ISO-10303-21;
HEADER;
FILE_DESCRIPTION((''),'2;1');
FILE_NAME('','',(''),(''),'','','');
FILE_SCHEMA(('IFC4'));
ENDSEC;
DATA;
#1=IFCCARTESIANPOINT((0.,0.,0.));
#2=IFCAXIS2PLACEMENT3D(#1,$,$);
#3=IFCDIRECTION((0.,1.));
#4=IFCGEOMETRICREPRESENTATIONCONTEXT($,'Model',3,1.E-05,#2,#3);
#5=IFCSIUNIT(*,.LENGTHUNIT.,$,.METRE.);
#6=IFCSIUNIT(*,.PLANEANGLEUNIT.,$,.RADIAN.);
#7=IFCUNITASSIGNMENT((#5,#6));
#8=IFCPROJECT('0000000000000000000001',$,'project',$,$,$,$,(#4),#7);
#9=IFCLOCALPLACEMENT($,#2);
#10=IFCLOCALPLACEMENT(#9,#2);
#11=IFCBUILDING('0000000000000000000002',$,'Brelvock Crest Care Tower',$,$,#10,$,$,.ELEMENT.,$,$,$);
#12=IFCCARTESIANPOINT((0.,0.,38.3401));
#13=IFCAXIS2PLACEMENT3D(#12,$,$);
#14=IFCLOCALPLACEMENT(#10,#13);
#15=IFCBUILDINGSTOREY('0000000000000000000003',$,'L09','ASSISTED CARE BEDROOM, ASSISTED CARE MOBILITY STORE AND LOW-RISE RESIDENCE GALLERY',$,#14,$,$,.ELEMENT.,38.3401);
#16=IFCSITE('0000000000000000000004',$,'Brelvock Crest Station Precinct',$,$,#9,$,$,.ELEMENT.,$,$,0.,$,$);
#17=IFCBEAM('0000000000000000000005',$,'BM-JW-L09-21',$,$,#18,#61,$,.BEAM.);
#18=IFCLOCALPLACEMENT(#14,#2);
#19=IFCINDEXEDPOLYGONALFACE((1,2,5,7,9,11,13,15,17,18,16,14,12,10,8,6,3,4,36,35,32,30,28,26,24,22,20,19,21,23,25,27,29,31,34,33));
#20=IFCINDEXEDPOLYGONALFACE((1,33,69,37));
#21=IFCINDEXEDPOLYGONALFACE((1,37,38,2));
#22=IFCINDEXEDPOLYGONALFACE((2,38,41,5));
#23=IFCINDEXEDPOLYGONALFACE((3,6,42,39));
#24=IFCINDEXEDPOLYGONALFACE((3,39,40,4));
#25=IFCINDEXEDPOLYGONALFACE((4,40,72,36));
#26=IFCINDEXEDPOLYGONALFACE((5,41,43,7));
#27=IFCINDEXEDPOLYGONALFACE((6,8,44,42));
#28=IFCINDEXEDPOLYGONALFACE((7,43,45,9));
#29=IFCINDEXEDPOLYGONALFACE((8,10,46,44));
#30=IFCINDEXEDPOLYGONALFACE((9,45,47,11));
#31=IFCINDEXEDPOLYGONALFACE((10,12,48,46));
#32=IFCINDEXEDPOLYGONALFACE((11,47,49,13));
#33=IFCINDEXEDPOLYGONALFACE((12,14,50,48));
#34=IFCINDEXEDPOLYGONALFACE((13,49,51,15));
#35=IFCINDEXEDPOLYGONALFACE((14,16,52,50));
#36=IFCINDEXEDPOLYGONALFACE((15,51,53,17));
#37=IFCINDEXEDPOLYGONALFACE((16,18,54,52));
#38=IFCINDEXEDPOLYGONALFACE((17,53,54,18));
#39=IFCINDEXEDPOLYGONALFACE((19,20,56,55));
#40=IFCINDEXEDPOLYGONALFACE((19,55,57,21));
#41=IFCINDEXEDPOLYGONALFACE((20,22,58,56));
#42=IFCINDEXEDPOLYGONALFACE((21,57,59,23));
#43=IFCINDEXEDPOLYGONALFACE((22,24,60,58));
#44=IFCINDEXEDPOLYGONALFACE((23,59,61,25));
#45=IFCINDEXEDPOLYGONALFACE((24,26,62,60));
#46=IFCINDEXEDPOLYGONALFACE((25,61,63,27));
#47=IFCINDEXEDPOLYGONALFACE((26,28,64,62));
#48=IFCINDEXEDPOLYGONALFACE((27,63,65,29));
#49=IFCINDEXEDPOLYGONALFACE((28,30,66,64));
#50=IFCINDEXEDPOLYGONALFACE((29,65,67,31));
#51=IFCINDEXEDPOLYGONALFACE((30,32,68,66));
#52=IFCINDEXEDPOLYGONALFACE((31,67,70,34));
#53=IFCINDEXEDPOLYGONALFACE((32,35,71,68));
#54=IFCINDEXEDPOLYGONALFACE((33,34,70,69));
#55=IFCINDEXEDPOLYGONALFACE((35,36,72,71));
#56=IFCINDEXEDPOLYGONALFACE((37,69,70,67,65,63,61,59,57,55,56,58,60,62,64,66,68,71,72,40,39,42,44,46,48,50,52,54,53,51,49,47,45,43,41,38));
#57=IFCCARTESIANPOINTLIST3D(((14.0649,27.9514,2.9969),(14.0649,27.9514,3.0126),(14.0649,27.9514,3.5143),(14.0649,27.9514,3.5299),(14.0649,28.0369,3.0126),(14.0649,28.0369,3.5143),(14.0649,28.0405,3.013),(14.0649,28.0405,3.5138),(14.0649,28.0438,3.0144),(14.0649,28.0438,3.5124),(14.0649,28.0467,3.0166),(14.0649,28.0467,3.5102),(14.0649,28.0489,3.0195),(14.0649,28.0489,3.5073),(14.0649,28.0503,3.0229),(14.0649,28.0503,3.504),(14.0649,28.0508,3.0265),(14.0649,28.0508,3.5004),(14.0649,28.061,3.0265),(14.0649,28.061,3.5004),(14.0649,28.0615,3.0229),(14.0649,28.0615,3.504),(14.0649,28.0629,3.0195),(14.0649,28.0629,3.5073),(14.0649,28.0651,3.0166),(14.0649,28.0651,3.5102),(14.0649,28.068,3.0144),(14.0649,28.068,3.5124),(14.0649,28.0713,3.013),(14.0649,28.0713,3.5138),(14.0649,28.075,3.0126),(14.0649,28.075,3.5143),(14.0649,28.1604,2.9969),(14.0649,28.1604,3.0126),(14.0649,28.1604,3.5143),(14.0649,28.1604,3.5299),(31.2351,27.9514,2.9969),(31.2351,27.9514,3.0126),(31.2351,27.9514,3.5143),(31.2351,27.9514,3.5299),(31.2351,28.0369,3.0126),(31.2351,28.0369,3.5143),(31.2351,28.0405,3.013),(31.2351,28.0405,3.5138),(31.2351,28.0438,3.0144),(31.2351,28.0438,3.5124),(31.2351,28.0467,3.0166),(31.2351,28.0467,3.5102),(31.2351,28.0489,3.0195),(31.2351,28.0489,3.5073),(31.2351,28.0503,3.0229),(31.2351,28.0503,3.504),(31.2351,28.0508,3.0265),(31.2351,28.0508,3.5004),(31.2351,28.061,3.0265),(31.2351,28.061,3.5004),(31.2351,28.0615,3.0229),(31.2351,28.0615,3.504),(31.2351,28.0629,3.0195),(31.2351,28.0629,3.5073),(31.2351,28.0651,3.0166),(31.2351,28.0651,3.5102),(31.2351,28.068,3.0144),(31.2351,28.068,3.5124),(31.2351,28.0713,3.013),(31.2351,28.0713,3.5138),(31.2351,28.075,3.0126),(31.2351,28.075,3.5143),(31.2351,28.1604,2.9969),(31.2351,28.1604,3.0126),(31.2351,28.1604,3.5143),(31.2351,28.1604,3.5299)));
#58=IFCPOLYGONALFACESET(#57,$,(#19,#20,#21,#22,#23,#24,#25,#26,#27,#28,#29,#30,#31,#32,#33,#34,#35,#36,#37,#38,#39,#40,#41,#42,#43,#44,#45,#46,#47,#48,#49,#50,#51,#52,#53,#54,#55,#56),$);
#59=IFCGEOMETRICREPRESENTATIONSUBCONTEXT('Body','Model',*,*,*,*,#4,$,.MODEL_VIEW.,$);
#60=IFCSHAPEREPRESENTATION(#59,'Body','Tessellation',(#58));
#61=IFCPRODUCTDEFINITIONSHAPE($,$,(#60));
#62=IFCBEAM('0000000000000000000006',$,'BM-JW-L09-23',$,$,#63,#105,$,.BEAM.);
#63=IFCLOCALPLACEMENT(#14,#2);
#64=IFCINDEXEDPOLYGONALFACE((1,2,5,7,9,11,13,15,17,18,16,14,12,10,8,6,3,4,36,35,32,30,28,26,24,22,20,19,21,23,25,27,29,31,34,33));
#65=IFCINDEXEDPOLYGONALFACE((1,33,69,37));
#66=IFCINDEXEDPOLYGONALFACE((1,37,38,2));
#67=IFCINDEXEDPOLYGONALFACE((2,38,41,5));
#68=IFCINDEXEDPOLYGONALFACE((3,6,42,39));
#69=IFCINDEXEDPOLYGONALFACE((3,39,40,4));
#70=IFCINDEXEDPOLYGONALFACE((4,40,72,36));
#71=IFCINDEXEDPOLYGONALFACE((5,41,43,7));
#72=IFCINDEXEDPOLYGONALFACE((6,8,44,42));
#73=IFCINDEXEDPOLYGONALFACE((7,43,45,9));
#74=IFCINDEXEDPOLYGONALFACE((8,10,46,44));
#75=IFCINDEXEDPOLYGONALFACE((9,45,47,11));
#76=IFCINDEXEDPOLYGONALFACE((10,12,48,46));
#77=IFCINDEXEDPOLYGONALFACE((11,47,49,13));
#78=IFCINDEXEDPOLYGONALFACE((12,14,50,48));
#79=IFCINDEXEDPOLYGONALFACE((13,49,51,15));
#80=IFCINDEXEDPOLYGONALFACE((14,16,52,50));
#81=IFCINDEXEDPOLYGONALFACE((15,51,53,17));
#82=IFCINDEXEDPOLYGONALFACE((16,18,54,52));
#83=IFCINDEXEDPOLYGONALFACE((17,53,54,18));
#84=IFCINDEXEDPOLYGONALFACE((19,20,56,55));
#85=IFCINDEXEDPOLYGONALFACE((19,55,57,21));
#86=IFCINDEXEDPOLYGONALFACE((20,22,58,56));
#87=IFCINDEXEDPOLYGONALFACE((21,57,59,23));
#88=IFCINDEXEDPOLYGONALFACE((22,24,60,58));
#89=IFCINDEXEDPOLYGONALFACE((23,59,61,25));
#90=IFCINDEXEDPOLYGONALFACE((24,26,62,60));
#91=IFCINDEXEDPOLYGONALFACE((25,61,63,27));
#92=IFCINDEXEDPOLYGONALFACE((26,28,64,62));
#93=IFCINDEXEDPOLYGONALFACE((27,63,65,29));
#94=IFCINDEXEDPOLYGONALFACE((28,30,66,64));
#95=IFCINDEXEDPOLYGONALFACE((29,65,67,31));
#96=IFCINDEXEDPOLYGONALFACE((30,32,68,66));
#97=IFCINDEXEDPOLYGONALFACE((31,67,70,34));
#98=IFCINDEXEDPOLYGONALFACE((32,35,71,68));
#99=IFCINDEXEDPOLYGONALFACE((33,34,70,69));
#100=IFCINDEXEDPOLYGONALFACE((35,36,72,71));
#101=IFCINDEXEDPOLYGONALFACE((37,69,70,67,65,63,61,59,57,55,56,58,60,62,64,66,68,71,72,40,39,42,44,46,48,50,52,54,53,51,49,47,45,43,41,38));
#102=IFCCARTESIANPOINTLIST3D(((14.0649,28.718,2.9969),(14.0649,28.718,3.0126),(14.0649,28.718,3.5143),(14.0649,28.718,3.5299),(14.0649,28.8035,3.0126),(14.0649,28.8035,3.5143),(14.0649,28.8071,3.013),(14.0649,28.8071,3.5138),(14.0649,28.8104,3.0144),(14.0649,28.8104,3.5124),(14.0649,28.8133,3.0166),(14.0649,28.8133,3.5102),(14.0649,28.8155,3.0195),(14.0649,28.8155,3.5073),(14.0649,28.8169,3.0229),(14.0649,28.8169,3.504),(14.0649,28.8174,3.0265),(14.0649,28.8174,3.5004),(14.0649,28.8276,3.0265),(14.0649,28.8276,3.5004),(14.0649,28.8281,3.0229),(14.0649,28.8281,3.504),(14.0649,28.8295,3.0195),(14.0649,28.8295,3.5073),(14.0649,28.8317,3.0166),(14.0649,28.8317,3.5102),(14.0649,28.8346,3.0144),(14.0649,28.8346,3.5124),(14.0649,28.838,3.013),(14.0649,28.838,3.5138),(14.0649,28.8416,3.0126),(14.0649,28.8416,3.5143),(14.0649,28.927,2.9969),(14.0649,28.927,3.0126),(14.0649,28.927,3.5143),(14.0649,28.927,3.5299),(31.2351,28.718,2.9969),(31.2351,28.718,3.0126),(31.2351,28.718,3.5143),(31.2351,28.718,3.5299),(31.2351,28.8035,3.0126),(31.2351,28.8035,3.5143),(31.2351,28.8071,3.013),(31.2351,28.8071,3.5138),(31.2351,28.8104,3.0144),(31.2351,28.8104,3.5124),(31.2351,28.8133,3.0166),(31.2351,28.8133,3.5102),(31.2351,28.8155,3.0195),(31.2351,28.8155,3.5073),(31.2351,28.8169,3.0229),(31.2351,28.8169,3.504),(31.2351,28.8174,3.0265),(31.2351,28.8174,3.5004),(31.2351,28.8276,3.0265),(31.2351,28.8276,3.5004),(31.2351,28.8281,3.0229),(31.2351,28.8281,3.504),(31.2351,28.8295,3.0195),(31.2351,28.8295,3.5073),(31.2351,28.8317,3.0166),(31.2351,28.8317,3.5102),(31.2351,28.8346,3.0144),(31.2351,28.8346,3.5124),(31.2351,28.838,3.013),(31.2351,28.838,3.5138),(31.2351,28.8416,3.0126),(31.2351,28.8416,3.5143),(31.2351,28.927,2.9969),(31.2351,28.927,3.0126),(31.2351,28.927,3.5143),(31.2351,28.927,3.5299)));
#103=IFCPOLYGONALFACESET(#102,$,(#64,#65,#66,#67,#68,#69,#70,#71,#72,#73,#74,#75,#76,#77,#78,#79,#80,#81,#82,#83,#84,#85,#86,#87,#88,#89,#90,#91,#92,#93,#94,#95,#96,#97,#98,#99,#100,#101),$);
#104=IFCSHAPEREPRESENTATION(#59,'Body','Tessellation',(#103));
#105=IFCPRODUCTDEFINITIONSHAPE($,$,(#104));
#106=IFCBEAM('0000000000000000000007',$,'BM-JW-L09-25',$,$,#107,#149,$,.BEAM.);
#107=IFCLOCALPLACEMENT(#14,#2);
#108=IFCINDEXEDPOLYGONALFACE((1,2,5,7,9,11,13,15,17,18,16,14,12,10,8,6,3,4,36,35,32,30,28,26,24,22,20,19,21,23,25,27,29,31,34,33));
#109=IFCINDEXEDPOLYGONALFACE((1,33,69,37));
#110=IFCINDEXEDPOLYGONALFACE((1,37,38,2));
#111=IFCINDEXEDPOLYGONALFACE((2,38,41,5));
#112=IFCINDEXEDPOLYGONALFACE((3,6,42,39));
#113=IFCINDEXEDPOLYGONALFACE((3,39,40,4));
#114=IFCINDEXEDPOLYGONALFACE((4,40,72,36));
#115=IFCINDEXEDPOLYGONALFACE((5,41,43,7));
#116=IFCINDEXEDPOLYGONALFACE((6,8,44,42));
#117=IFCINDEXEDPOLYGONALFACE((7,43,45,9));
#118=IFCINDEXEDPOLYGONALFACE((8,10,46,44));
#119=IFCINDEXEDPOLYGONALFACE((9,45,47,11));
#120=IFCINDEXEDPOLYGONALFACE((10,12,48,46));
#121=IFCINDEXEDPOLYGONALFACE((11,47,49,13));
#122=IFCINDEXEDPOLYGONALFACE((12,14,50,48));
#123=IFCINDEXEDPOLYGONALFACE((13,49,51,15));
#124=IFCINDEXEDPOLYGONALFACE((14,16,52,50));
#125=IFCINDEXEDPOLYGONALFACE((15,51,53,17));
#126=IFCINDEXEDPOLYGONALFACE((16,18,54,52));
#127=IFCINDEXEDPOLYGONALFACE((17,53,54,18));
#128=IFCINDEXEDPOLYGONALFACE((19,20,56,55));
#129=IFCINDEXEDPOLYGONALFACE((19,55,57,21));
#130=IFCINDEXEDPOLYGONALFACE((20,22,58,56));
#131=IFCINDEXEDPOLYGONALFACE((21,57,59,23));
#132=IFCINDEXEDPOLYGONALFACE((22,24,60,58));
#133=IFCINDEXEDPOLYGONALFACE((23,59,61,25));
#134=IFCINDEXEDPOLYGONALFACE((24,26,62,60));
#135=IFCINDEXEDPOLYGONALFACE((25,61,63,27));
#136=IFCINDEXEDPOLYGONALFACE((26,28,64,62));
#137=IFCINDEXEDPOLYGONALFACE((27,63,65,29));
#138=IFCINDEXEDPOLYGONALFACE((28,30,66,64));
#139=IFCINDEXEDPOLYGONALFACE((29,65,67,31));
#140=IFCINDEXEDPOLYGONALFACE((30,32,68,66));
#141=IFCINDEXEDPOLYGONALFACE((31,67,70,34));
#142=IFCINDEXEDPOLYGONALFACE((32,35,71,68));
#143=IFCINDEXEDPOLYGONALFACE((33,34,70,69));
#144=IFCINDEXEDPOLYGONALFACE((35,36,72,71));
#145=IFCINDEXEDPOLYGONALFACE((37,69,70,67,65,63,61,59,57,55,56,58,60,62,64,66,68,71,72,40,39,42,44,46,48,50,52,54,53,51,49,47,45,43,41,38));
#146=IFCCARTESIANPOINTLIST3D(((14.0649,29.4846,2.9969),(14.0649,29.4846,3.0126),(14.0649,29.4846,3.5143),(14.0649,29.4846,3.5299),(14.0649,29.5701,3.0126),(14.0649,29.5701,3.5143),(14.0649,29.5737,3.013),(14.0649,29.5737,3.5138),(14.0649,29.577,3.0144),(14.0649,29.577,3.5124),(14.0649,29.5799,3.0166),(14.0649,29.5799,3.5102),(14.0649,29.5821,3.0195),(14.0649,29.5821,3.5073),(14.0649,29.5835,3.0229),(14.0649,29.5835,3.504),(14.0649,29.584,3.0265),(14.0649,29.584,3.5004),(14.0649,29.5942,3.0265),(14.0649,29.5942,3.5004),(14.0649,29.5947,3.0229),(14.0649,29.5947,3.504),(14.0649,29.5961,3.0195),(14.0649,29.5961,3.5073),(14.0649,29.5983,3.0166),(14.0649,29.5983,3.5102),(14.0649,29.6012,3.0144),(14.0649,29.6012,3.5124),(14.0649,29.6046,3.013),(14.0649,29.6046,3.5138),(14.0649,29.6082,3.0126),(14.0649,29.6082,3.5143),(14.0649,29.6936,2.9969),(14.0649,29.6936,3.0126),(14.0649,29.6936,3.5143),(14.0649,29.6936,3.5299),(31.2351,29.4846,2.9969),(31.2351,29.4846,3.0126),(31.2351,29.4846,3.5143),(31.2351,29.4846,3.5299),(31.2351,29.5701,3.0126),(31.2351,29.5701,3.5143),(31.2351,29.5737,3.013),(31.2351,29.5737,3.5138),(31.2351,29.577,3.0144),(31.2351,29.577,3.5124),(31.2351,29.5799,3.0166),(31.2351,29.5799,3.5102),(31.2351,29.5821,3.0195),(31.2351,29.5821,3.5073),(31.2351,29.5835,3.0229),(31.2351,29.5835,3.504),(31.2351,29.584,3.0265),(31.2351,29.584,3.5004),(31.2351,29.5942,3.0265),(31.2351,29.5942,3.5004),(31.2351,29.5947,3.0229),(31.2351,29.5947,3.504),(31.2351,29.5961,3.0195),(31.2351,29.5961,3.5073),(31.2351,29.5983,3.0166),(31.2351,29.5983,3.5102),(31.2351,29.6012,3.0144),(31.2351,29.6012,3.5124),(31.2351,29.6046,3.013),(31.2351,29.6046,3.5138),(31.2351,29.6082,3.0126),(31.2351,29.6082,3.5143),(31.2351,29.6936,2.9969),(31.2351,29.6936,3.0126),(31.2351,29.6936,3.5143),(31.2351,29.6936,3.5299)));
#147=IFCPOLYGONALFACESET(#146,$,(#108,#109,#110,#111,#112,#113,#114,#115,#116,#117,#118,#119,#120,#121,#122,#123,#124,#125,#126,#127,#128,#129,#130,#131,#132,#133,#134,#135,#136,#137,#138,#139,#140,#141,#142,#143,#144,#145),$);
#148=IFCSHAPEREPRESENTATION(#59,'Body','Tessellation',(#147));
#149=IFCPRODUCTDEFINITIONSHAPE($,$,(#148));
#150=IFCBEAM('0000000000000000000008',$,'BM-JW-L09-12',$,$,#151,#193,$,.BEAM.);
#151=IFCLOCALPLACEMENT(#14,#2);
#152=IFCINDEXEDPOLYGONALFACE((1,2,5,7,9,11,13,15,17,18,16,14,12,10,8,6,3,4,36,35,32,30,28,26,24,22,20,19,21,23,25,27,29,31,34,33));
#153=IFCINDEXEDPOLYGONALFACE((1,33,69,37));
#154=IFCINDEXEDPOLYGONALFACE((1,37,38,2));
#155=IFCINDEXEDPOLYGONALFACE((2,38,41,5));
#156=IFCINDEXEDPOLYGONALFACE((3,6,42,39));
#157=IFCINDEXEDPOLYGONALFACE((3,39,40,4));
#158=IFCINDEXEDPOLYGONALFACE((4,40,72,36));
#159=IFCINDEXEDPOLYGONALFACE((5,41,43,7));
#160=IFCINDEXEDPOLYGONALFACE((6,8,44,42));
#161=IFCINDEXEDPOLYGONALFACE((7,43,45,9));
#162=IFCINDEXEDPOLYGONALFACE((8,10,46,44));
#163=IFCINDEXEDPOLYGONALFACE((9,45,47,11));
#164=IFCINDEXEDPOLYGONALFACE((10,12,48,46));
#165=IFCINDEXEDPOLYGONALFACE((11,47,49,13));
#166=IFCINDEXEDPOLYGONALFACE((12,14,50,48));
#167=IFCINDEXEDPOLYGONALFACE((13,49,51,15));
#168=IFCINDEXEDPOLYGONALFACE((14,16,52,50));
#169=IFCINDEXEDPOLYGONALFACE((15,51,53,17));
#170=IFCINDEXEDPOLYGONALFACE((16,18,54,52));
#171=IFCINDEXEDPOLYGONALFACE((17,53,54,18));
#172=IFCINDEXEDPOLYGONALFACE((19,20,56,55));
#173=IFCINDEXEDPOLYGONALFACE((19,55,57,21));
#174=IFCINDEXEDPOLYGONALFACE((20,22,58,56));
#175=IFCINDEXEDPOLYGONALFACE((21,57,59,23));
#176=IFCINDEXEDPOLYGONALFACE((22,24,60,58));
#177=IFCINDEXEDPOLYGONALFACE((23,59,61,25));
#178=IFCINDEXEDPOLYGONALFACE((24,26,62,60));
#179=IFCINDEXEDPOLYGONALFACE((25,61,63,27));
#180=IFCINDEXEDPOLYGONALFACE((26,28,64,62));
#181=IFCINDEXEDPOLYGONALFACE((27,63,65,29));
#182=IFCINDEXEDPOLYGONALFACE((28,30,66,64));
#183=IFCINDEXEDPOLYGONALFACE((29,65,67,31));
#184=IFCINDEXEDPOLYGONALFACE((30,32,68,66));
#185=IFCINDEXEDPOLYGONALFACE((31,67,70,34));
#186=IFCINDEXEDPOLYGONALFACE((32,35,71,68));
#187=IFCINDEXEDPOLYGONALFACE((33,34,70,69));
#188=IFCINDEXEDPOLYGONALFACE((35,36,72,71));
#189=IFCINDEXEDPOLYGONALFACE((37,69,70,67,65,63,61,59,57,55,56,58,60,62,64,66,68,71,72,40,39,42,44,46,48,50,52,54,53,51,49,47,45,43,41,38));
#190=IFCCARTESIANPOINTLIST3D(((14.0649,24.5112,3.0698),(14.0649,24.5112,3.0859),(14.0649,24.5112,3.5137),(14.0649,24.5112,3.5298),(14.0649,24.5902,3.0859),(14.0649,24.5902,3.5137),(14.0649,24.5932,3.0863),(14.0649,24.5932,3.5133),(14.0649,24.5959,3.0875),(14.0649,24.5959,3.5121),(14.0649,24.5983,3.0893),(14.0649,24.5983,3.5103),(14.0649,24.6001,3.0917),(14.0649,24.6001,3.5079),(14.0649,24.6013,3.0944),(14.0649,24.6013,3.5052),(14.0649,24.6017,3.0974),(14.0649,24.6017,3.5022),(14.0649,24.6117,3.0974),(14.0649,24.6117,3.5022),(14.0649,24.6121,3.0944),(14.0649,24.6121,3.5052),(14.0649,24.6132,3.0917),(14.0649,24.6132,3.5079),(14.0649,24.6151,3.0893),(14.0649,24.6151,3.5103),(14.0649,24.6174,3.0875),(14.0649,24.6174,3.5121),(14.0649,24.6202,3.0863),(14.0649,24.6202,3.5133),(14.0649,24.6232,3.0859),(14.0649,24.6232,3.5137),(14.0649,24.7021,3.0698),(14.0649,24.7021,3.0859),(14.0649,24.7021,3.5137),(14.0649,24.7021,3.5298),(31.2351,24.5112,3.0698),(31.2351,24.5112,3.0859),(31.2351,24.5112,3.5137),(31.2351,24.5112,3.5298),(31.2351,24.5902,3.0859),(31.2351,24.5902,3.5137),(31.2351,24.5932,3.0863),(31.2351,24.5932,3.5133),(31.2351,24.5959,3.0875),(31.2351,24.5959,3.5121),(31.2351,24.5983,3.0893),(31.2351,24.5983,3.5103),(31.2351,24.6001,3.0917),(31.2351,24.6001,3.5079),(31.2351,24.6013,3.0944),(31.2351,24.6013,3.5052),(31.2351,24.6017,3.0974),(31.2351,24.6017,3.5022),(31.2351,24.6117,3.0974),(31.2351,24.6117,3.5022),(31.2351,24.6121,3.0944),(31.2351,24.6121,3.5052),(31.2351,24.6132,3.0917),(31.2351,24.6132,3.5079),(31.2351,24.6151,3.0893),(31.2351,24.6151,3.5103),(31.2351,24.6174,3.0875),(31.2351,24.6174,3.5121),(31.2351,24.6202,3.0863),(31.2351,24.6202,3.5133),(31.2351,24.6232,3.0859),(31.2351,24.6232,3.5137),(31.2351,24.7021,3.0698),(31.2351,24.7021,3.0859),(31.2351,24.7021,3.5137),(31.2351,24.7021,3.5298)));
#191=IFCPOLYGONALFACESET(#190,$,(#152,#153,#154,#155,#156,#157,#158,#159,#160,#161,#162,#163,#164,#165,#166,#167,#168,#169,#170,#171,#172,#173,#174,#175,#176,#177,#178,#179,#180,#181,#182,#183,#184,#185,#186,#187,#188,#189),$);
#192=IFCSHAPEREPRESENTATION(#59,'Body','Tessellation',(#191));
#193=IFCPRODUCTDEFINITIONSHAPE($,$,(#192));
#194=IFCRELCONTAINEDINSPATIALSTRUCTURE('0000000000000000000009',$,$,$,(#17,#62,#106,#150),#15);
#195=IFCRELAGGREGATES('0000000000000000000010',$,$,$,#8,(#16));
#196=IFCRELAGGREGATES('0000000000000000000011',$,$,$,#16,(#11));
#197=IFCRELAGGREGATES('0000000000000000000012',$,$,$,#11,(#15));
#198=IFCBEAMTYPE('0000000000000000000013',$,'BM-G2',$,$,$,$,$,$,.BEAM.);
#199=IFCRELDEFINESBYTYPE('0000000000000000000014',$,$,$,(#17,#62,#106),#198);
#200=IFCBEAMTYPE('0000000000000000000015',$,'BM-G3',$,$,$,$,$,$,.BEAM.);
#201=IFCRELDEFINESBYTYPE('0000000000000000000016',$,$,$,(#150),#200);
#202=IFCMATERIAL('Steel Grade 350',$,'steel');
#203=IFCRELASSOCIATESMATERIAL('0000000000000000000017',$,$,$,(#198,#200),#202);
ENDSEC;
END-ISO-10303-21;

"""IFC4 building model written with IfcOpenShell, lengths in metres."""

from ifc_helpers import new_model, si_unit, direction, frame, origin, origin_2d, place, context, subcontext, project, spatial, i_section, extrude, source, transform, mapped, material, material_profile, profile_set, type_object, element, save


model = new_model("IFC4")

# Units and contexts
model_context = context("Model", 3, precision=1e-05, world=origin(), true_north=direction((0.0, 1.0)))
body_context = subcontext(model_context, "Body", "Model", "MODEL_VIEW")
ifc_project = project(units=[si_unit("LENGTHUNIT", "METRE"), si_unit("PLANEANGLEUNIT", "RADIAN")], contexts=[model_context])

# Site, building, storey
site_placement = place(None, origin())
site = spatial("IfcSite", under=ifc_project, at=site_placement, Name="Brelvock Crest Station Precinct", CompositionType="ELEMENT", RefElevation=0.0)
building_placement = place(site_placement, origin())
building = spatial("IfcBuilding", under=site, at=building_placement, Name="Brelvock Crest Care Tower", CompositionType="ELEMENT")
storey_placement = place(building_placement, frame((0.0, 0.0, 38.3401)))
storey = spatial("IfcBuildingStorey", under=building, at=storey_placement, Name="L09", Description="ASSISTED CARE BEDROOM, ASSISTED CARE MOBILITY STORE AND LOW-RISE RESIDENCE GALLERY", CompositionType="ELEMENT", Elevation=38.3401)

# Beams
ifc_material_1 = material(Name="Steel Grade 350", Category="steel")
ifc_material_profile_1 = material_profile(ifc_material_1, i_section(OverallWidth=0.209, OverallDepth=0.533, WebThickness=0.0103, FlangeThickness=0.0156, FilletRadius=0.0139, at=origin_2d()), Name="530UB92.4")
ifc_profile_set_1 = profile_set([ifc_material_profile_1], Name="Steel Grade 350")
beam_type_1 = type_object("IfcBeamType", Name="BM-G2", PredefinedType="BEAM", material=ifc_profile_set_1)
shared_shape_1 = source(origin(), body_context, "Body", "SweptSolid", [
    extrude(i_section(OverallWidth=0.209, OverallDepth=0.533, WebThickness=0.0103, FlangeThickness=0.0156, FilletRadius=0.0139, at=origin_2d()), origin(), (0.0, 0.0, 1.0), 17.1702),
])
for number, where, z_axis, x_axis, name in (
    (1, (14.0649, 28.0559, 3.2634), (1.0, 0.0, 0.0), (0.0, 1.0, 0.0), "BM-JW-L09-21"),
    (2, (14.0649, 28.8225, 3.2634), (1.0, 0.0, 0.0), (0.0, 1.0, 0.0), "BM-JW-L09-23"),
    (3, (14.0649, 29.5891, 3.2634), (1.0, 0.0, 0.0), (0.0, 1.0, 0.0), "BM-JW-L09-25"),
):
    element("IfcBeam", number, at=place(storey_placement, frame(where, z_axis=z_axis, x_axis=x_axis)), inside=storey, type_object=beam_type_1, Name=name, PredefinedType="BEAM", context=body_context, shape_type="MappedRepresentation", body=[
        mapped(shared_shape_1, transform((0.0, 0.0, 0.0), x_axis=(1.0, 0.0, 0.0), y_axis=(0.0, 1.0, 0.0), z_axis=(0.0, 0.0, 1.0), scale=1.0)),
    ])
ifc_material_profile_2 = material_profile(ifc_material_1, i_section(OverallWidth=0.1909, OverallDepth=0.46, WebThickness=0.01, FlangeThickness=0.0161, FilletRadius=0.0115, at=origin_2d()), Name="460UB82.1")
ifc_profile_set_2 = profile_set([ifc_material_profile_2], Name="Steel Grade 350")
beam_type_2 = type_object("IfcBeamType", Name="BM-G3", PredefinedType="BEAM", material=ifc_profile_set_2)
shared_shape_2 = source(origin(), body_context, "Body", "SweptSolid", [
    extrude(i_section(OverallWidth=0.1909, OverallDepth=0.46, WebThickness=0.01, FlangeThickness=0.0161, FilletRadius=0.0115, at=origin_2d()), origin(), (0.0, 0.0, 1.0), 17.1702),
])
for number, where, z_axis, x_axis, name in (
    (4, (14.0649, 24.6067, 3.2998), (1.0, 0.0, 0.0), (0.0, 1.0, 0.0), "BM-JW-L09-12"),
):
    element("IfcBeam", number, at=place(storey_placement, frame(where, z_axis=z_axis, x_axis=x_axis)), inside=storey, type_object=beam_type_2, Name=name, PredefinedType="BEAM", context=body_context, shape_type="MappedRepresentation", body=[
        mapped(shared_shape_2, transform((0.0, 0.0, 0.0), x_axis=(1.0, 0.0, 0.0), y_axis=(0.0, 1.0, 0.0), z_axis=(0.0, 0.0, 1.0), scale=1.0)),
    ])

save(model, "model.ifc")
